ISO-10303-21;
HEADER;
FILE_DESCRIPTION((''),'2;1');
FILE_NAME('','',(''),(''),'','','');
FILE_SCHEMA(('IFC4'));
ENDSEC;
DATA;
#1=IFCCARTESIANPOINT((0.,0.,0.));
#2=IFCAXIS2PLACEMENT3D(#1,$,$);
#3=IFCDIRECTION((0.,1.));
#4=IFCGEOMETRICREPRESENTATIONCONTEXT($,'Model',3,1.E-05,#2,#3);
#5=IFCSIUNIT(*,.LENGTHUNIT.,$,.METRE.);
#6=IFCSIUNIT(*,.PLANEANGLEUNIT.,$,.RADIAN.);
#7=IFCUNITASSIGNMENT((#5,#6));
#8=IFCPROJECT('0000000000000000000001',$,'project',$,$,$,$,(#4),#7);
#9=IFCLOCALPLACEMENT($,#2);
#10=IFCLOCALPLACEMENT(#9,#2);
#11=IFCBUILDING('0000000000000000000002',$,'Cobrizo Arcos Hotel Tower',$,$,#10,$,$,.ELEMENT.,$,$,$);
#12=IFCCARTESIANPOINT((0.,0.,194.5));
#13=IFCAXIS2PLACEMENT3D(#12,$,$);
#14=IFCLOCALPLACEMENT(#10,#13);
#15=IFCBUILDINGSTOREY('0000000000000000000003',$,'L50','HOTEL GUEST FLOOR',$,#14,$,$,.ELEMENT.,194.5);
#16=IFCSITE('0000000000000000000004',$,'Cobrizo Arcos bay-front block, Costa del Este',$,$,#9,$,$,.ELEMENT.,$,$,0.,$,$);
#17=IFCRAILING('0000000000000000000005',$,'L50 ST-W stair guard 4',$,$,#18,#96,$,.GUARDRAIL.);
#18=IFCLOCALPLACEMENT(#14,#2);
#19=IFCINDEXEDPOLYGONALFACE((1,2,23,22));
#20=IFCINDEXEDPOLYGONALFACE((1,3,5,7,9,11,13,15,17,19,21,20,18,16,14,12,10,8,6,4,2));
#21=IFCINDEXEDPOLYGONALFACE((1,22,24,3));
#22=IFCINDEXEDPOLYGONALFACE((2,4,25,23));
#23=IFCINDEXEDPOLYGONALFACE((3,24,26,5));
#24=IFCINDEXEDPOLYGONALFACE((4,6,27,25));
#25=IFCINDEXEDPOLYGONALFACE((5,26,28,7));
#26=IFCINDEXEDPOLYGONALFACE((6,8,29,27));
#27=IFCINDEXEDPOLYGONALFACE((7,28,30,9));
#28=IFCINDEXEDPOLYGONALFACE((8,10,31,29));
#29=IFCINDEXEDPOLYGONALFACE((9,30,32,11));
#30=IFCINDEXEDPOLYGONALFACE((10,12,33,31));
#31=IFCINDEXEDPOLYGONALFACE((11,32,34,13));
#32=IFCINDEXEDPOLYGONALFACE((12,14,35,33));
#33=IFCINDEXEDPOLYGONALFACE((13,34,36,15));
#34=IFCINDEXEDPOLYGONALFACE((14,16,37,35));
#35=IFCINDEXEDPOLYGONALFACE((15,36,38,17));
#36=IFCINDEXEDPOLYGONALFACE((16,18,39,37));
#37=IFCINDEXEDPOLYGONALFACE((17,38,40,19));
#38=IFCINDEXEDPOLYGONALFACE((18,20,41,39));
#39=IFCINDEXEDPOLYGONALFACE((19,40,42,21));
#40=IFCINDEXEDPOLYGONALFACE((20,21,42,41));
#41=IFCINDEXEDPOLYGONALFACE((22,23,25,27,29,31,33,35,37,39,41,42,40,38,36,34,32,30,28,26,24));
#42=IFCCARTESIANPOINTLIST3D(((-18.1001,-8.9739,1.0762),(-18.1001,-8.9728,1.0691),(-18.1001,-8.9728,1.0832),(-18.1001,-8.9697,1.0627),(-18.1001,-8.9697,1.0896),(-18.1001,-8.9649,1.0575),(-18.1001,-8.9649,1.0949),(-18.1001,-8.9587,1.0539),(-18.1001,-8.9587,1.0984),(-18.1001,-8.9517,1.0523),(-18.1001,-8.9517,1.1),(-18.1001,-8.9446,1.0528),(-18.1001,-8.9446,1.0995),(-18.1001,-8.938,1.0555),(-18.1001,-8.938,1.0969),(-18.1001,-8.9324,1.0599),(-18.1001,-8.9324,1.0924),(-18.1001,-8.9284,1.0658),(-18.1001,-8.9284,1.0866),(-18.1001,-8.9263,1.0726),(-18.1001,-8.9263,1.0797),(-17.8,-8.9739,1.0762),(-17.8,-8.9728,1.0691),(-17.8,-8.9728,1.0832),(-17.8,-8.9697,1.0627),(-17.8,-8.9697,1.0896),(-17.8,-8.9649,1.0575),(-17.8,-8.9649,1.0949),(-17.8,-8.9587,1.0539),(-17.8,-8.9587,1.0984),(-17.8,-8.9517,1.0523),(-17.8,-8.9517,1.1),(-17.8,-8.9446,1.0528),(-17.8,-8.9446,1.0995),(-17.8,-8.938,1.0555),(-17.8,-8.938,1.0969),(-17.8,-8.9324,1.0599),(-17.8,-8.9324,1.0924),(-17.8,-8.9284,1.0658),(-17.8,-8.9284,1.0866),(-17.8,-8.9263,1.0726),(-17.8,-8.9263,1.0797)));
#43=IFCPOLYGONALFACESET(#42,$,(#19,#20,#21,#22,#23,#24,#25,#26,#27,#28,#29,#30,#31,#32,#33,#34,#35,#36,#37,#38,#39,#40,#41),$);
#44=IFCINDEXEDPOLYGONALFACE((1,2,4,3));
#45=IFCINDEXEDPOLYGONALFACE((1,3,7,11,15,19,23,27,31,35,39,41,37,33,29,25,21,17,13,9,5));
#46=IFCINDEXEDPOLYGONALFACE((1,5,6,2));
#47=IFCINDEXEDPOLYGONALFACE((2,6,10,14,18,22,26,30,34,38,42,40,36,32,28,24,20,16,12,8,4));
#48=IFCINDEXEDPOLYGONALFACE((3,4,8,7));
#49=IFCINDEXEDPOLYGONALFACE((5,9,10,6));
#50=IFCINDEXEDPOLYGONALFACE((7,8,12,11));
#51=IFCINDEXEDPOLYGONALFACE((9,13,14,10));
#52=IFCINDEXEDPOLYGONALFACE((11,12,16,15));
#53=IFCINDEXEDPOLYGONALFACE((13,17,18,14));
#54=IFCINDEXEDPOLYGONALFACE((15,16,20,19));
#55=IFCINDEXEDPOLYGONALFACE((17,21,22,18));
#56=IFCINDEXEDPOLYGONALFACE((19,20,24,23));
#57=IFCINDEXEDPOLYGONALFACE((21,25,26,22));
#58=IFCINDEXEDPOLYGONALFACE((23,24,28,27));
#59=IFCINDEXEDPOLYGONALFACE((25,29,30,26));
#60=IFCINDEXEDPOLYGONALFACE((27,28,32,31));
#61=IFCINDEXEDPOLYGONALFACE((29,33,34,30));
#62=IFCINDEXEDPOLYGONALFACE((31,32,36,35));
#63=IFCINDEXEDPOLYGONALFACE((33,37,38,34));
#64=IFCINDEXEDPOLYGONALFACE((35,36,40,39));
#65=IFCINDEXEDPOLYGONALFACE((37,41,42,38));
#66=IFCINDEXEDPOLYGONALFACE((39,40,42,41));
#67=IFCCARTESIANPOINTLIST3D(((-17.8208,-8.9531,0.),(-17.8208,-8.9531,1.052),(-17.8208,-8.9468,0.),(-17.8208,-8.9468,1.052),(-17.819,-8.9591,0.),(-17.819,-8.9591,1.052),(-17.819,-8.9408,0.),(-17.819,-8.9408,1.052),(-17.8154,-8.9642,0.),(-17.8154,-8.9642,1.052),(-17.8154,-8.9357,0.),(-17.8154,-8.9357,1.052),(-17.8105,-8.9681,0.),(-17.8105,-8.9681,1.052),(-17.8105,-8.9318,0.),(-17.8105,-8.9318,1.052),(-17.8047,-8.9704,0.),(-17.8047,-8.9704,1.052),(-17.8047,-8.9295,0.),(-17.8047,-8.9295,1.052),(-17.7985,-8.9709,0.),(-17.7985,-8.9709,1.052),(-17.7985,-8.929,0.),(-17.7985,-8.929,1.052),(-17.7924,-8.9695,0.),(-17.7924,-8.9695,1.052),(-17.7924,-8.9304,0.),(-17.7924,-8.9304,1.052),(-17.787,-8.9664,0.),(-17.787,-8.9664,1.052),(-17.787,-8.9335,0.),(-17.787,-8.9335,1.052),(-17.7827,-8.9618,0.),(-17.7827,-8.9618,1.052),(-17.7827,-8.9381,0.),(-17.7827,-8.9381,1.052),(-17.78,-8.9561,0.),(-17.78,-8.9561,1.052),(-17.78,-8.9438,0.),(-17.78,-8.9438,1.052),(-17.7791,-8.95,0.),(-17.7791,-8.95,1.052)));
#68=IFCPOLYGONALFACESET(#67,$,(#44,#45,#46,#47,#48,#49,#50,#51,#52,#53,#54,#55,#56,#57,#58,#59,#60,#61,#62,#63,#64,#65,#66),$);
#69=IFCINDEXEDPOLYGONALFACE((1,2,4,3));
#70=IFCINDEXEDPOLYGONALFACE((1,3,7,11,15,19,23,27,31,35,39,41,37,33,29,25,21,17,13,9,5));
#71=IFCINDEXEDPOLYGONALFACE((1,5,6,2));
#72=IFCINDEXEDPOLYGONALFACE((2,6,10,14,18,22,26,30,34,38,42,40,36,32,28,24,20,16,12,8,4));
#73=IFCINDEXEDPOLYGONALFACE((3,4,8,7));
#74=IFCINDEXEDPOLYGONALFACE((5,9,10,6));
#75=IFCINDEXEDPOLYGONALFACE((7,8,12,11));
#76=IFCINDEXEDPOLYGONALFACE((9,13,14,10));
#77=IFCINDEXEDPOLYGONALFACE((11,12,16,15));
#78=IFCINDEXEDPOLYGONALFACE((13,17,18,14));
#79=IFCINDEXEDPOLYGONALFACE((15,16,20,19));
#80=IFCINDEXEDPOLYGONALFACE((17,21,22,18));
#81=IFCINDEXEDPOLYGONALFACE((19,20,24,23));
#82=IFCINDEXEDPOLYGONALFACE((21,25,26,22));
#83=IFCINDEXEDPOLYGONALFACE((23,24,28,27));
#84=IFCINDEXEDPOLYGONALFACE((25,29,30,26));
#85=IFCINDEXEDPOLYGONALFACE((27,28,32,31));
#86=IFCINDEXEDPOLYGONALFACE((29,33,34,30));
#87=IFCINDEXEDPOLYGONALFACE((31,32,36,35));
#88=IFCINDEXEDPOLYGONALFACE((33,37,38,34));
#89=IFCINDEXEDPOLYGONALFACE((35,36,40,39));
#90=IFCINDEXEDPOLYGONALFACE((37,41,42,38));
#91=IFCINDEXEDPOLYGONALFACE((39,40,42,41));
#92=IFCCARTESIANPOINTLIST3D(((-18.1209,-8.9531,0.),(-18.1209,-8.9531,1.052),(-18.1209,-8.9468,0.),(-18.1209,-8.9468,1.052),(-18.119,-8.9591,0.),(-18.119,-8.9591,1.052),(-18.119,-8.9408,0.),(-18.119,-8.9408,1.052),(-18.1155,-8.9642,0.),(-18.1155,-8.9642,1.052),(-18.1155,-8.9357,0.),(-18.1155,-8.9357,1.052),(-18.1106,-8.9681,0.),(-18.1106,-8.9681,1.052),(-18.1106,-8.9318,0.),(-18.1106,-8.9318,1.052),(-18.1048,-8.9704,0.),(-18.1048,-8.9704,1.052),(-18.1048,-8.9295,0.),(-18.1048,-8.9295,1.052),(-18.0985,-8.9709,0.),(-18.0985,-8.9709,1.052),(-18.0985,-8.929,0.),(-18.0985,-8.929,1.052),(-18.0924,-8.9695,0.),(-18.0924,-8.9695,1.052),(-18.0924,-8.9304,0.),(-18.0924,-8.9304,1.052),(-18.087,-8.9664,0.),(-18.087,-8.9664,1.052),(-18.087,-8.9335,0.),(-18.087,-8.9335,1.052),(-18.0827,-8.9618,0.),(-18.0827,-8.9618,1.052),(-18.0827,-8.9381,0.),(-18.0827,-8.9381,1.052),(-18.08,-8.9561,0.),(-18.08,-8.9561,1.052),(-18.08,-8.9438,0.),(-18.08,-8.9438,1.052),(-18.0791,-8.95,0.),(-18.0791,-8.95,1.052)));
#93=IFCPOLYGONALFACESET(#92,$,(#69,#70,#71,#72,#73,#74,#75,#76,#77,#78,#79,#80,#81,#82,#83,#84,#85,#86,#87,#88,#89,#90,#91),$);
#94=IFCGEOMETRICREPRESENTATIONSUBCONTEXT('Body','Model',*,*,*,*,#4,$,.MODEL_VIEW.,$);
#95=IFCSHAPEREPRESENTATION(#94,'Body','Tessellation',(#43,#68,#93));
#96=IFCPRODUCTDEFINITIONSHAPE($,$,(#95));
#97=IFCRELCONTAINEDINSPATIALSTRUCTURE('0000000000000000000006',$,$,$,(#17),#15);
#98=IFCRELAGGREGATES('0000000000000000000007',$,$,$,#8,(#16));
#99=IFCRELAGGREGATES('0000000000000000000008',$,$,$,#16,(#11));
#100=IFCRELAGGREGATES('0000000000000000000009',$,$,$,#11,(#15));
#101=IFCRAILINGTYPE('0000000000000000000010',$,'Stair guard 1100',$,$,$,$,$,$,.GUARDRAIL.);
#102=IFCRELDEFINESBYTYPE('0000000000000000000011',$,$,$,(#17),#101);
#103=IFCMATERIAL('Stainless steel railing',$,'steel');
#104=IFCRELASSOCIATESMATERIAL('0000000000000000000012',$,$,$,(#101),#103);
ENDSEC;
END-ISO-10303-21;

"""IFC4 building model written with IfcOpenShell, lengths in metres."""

from ifc_helpers import new_model, si_unit, direction, frame, origin, origin_2d, place, context, subcontext, project, spatial, circle, extrude, material, type_object, element, save


model = new_model("IFC4")

# Units and contexts
model_context = context("Model", 3, precision=1e-05, world=origin(), true_north=direction((0.0, 1.0)))
body_context = subcontext(model_context, "Body", "Model", "MODEL_VIEW")
ifc_project = project(units=[si_unit("LENGTHUNIT", "METRE"), si_unit("PLANEANGLEUNIT", "RADIAN")], contexts=[model_context])

# Site, building, storey
site_placement = place(None, origin())
site = spatial("IfcSite", under=ifc_project, at=site_placement, Name="Cobrizo Arcos bay-front block, Costa del Este", CompositionType="ELEMENT", RefElevation=0.0)
building_placement = place(site_placement, origin())
building = spatial("IfcBuilding", under=site, at=building_placement, Name="Cobrizo Arcos Hotel Tower", CompositionType="ELEMENT")
storey_placement = place(building_placement, frame((0.0, 0.0, 194.5)))
storey = spatial("IfcBuildingStorey", under=building, at=storey_placement, Name="L50", Description="HOTEL GUEST FLOOR", CompositionType="ELEMENT", Elevation=194.5)

# Railing
ifc_material_1 = material(Name="Stainless steel railing", Category="steel")
railing_type_1 = type_object("IfcRailingType", Name="Stair guard 1100", PredefinedType="GUARDRAIL", material=ifc_material_1)
railing_1_placement = place(storey_placement, frame((-17.8, -8.95, 0.0)))
element("IfcRailing", 1, at=railing_1_placement, inside=storey, type_object=railing_type_1, Name="L50 ST-W stair guard 4", PredefinedType="GUARDRAIL", context=body_context, shape_type="SweptSolid", body=[
    extrude(circle(Radius=0.0239, at=origin_2d()), frame((0.0, 0.0, 1.0762), z_axis=(-1.0, 0.0, 0.0), x_axis=(0.0, -1.0, 0.0)), (0.0, 0.0, 1.0), 0.3),
    extrude(circle(Radius=0.021, at=origin_2d()), origin(), (0.0, 0.0, 1.0), 1.052),
    extrude(circle(Radius=0.021, at=origin_2d()), frame((-0.3, 0.0, 0.0)), (0.0, 0.0, 1.0), 1.052),
])

save(model, "model.ifc")
